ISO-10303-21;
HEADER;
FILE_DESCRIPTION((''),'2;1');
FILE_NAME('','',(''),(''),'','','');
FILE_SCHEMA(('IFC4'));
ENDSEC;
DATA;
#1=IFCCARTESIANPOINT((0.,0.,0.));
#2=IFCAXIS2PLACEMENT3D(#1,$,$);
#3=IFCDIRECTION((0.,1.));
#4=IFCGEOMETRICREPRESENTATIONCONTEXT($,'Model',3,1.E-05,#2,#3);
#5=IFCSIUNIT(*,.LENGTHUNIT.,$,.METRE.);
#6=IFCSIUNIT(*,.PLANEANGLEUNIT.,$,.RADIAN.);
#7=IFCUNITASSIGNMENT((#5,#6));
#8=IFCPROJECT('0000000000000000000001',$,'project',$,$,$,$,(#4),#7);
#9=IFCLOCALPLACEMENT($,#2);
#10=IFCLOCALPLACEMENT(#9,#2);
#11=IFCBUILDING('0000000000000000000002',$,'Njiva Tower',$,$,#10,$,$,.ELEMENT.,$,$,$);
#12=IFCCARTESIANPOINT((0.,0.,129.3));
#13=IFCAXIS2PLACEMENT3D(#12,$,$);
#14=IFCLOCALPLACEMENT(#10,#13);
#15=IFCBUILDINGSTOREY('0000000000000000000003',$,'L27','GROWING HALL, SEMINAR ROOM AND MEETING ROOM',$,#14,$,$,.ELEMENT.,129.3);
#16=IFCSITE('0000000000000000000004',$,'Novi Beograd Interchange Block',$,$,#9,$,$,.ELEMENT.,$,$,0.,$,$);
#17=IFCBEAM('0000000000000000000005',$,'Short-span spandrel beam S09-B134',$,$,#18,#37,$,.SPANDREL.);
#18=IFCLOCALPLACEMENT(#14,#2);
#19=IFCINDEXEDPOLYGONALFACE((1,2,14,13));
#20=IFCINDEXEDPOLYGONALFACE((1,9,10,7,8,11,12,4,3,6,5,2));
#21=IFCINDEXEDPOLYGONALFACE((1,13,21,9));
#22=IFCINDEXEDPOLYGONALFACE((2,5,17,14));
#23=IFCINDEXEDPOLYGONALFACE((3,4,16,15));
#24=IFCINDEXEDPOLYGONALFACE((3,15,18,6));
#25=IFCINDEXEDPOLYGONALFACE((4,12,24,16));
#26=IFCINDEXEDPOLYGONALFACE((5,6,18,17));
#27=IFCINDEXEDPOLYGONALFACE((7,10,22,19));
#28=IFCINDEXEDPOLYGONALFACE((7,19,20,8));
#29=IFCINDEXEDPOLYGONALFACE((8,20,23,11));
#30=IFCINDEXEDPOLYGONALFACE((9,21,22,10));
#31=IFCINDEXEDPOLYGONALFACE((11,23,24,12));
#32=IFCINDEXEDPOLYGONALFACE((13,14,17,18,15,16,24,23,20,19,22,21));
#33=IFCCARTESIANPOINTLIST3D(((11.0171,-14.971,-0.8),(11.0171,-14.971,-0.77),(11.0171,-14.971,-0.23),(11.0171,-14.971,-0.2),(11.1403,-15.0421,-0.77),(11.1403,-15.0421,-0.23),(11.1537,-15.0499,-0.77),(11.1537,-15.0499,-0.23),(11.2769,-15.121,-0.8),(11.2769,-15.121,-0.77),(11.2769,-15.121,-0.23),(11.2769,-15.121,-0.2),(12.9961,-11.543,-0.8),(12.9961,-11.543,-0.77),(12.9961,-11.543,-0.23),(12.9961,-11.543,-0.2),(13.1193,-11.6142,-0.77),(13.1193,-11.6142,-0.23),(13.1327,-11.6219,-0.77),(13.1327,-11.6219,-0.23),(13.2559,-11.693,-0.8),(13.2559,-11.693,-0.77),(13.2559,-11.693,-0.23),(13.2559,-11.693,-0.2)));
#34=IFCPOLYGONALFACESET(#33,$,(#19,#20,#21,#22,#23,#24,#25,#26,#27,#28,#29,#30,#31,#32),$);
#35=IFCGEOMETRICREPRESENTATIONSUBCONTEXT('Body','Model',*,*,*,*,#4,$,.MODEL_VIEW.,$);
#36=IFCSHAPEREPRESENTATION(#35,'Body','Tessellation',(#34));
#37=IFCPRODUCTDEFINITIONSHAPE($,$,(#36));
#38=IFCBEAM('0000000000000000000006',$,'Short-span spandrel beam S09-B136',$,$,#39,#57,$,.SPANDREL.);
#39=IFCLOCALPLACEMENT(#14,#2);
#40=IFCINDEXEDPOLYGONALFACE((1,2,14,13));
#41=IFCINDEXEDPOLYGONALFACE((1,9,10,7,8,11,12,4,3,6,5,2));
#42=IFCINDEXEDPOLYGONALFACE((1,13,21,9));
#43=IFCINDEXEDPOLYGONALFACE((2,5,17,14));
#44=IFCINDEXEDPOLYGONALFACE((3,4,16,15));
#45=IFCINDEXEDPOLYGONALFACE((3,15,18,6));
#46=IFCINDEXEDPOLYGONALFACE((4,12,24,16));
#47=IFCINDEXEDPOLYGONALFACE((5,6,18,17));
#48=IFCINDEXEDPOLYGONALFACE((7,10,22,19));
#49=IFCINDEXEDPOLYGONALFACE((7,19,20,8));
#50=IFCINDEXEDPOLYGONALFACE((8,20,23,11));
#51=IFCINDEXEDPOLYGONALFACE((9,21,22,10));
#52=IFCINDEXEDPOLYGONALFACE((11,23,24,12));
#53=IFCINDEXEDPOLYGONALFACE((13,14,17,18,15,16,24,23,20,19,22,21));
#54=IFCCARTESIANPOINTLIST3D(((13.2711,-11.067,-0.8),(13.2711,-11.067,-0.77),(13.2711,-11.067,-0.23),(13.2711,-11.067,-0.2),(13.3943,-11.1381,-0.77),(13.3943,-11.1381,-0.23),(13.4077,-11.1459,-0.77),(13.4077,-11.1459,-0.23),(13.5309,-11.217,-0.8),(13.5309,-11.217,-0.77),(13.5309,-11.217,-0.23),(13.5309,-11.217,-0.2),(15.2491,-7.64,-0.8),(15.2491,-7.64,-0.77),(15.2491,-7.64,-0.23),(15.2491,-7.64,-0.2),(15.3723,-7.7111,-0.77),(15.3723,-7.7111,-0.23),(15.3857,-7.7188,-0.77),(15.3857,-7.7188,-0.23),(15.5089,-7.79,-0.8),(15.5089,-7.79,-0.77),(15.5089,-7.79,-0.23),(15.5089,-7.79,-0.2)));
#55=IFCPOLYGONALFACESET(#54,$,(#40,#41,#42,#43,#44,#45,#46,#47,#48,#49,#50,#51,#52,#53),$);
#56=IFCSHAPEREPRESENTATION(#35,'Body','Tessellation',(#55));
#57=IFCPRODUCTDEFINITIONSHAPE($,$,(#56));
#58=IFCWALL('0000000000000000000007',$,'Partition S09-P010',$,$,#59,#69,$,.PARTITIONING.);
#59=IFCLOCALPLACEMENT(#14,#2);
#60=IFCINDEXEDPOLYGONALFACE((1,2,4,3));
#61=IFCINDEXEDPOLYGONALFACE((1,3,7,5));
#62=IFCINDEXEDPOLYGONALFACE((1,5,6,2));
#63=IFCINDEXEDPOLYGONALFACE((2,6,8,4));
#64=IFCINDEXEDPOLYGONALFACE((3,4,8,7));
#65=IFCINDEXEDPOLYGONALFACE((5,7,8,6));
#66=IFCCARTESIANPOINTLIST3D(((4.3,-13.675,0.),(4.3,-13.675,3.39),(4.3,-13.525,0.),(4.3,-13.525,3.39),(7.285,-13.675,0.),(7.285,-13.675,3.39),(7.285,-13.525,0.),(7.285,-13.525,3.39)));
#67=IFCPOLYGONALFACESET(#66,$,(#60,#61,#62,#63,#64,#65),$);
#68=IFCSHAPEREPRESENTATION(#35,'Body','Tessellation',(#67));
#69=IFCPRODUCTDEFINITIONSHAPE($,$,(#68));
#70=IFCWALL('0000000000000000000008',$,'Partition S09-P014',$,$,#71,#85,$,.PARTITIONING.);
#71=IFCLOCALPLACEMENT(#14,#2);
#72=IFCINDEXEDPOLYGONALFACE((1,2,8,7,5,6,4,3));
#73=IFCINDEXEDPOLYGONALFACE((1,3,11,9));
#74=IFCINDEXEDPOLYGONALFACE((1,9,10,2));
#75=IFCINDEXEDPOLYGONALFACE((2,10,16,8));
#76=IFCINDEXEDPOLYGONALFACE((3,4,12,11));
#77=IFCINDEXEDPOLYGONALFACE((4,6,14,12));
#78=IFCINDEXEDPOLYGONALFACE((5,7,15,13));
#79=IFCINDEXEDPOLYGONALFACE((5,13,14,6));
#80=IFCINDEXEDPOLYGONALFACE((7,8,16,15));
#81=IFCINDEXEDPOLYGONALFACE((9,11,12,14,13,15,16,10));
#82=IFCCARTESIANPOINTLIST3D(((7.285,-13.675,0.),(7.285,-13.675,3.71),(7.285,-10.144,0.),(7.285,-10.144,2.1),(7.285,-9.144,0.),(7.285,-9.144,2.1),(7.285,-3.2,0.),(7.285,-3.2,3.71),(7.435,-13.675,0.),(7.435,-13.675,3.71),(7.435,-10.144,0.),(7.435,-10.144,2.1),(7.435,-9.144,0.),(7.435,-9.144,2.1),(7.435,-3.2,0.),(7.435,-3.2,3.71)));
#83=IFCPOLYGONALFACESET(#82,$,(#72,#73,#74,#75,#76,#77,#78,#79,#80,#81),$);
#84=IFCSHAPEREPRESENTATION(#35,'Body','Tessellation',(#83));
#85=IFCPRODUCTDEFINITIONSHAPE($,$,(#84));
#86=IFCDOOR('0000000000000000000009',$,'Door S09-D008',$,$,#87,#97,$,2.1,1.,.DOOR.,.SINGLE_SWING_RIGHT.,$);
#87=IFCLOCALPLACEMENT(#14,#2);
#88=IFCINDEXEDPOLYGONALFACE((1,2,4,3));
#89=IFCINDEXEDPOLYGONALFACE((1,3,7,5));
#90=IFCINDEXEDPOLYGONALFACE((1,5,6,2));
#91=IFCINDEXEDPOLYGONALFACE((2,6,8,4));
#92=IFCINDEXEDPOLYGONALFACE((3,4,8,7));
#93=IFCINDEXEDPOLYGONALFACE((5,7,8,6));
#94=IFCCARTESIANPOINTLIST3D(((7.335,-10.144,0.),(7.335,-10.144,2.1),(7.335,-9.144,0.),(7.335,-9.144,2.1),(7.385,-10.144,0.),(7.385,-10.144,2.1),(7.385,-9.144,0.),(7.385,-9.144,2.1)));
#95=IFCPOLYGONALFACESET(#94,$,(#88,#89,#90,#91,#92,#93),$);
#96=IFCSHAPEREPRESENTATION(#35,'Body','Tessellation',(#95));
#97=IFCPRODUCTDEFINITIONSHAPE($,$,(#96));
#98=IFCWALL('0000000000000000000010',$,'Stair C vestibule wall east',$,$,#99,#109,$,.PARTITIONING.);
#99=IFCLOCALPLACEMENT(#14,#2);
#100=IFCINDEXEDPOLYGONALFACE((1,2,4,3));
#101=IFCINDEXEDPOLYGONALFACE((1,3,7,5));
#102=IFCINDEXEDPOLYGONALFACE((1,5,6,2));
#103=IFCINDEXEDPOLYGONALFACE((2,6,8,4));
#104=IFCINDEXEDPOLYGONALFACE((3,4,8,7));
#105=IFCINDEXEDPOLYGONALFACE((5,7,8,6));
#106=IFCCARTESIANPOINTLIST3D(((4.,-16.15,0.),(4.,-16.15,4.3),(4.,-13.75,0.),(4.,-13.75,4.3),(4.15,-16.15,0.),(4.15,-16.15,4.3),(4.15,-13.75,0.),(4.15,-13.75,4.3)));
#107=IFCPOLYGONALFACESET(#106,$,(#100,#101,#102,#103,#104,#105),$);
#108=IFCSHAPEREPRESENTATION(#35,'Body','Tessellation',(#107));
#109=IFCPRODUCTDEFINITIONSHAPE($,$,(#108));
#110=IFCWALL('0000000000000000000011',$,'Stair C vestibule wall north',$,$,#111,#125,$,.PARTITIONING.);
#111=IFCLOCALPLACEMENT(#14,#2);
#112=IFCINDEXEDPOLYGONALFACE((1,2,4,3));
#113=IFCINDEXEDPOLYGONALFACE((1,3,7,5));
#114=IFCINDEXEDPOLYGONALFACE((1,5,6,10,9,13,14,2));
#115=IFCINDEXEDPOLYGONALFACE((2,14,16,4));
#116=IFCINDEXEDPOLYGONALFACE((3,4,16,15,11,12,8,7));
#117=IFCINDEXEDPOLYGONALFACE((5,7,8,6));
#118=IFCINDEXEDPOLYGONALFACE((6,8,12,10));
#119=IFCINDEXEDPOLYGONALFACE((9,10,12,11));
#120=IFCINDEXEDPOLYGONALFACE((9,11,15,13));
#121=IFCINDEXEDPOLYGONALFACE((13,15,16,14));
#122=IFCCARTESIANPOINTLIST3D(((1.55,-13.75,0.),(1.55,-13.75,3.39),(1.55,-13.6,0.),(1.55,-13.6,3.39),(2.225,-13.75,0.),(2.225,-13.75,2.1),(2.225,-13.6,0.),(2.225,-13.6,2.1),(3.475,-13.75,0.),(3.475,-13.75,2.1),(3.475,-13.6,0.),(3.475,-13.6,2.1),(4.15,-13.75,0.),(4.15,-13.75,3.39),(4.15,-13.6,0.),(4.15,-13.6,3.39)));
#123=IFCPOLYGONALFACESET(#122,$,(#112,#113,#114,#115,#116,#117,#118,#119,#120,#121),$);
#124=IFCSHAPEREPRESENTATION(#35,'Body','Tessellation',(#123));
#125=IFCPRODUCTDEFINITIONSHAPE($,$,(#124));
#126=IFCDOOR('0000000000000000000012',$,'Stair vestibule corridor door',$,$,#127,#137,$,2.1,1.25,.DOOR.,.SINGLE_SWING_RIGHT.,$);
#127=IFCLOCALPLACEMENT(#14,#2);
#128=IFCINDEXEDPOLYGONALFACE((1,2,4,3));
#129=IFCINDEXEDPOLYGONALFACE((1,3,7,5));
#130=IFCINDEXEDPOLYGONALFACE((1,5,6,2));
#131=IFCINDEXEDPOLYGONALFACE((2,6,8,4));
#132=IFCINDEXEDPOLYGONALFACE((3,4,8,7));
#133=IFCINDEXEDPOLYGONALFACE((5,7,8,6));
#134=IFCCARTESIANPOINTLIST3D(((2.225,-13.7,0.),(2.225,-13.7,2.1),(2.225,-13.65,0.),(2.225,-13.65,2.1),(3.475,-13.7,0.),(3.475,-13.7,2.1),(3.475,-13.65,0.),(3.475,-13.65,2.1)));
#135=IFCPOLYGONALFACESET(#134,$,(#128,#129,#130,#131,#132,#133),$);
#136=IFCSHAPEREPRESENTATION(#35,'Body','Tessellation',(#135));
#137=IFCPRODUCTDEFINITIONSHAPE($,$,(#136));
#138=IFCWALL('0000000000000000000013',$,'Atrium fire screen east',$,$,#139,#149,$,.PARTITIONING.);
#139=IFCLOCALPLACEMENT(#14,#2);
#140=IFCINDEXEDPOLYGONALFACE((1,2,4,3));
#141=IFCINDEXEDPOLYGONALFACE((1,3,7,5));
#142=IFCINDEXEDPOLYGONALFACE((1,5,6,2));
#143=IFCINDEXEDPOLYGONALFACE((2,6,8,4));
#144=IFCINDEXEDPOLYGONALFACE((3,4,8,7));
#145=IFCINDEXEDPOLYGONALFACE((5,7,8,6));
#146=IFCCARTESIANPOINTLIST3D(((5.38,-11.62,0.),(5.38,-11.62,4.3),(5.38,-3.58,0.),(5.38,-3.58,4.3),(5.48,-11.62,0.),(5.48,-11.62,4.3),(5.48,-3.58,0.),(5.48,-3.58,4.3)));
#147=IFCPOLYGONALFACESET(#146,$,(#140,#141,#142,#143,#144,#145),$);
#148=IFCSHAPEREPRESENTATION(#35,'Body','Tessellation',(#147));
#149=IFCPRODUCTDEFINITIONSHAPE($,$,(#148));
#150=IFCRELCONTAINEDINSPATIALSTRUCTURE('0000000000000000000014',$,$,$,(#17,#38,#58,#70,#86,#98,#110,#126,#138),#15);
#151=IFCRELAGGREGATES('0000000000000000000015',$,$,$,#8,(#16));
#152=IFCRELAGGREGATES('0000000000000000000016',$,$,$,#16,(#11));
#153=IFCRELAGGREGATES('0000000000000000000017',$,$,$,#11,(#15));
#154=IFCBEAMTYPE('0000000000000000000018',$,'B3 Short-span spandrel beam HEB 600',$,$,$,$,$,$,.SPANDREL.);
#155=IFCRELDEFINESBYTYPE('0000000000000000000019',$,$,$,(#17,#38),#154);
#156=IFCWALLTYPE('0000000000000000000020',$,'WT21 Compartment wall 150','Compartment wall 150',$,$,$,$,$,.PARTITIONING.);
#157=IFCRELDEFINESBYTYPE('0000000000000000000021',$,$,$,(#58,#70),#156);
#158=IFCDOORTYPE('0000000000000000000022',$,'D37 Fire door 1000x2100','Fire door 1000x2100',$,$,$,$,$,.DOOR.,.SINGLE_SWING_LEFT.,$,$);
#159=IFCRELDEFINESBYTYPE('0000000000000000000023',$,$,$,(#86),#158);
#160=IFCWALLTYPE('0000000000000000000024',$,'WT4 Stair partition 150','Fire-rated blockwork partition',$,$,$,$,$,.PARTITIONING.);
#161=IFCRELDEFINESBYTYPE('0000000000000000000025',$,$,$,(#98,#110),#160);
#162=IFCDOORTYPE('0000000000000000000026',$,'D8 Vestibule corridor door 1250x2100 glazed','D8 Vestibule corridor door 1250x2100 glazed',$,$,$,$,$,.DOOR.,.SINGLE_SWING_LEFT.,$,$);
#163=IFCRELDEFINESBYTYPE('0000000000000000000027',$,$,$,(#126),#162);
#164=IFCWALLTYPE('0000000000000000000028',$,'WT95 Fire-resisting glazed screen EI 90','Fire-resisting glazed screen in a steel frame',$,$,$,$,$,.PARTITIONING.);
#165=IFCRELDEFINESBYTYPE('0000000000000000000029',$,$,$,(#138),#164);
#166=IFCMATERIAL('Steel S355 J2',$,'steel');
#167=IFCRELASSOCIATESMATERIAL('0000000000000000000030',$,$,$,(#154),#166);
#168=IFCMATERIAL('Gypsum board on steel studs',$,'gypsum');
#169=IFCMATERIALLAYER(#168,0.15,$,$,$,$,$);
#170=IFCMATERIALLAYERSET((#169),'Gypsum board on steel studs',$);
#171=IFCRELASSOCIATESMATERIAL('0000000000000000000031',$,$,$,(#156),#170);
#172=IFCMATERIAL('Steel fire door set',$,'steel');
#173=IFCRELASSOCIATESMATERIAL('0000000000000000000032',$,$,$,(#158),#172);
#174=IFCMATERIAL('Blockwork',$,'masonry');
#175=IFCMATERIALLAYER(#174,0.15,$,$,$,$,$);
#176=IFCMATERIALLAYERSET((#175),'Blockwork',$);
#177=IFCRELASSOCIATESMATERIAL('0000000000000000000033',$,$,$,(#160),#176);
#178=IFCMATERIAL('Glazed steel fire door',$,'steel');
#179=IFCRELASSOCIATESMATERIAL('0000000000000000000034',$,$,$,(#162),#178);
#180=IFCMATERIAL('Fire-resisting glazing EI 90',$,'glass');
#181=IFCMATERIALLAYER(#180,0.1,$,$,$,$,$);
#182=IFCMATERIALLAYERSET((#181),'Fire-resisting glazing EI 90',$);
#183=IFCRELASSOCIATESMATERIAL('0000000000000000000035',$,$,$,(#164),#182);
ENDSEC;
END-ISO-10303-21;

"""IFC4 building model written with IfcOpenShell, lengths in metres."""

from ifc_helpers import new_model, si_unit, direction, frame, frame_2d, origin, origin_2d, place, context, subcontext, project, spatial, rectangle, i_section, extrude, material, layer, layer_set, material_profile, profile_set, type_object, element, fill, save


model = new_model("IFC4")

# Units and contexts
model_context = context("Model", 3, precision=1e-05, world=origin(), true_north=direction((0.0, 1.0)))
body_context = subcontext(model_context, "Body", "Model", "MODEL_VIEW")
ifc_project = project(units=[si_unit("LENGTHUNIT", "METRE"), si_unit("PLANEANGLEUNIT", "RADIAN")], contexts=[model_context])

# Site, building, storey
site_placement = place(None, origin())
site = spatial("IfcSite", under=ifc_project, at=site_placement, Name="Novi Beograd Interchange Block", CompositionType="ELEMENT", RefElevation=0.0)
building_placement = place(site_placement, origin())
building = spatial("IfcBuilding", under=site, at=building_placement, Name="Njiva Tower", CompositionType="ELEMENT")
storey_placement = place(building_placement, frame((0.0, 0.0, 129.3)))
storey = spatial("IfcBuildingStorey", under=building, at=storey_placement, Name="L27", Description="GROWING HALL, SEMINAR ROOM AND MEETING ROOM", CompositionType="ELEMENT", Elevation=129.3)

# Shared definitions
ifc_material_1 = material(Name="Steel S355 J2", Category="steel")

# Beams
ifc_material_profile_1 = material_profile(ifc_material_1, i_section(OverallWidth=0.3, OverallDepth=0.6, WebThickness=0.0155, FlangeThickness=0.03, at=origin_2d()), Name="HEB 600")
ifc_profile_set_1 = profile_set([ifc_material_profile_1], Name="Steel S355 J2")
beam_type_1 = type_object("IfcBeamType", Name="B3 Short-span spandrel beam HEB 600", PredefinedType="SPANDREL", material=ifc_profile_set_1)
beam_1_placement = place(storey_placement, frame((11.147, -15.046, -0.5), z_axis=(0.49997, 0.866043, 0.0), x_axis=(-0.866043, 0.49997, 0.0)))
element("IfcBeam", 1, at=beam_1_placement, inside=storey, type_object=beam_type_1, Name="Short-span spandrel beam S09-B134", PredefinedType="SPANDREL", context=body_context, shape_type="SweptSolid", body=[
    extrude(i_section(OverallWidth=0.3, OverallDepth=0.6, WebThickness=0.0155, FlangeThickness=0.03, at=origin_2d()), origin(), (0.0, 0.0, 1.0), 3.9582),
])
beam_2_placement = place(storey_placement, frame((13.401, -11.142, -0.5), z_axis=(0.49989, 0.866089, 0.0), x_axis=(-0.866089, 0.49989, 0.0)))
element("IfcBeam", 2, at=beam_2_placement, inside=storey, type_object=beam_type_1, Name="Short-span spandrel beam S09-B136", PredefinedType="SPANDREL", context=body_context, shape_type="SweptSolid", body=[
    extrude(i_section(OverallWidth=0.3, OverallDepth=0.6, WebThickness=0.0155, FlangeThickness=0.03, at=origin_2d()), origin(), (0.0, 0.0, 1.0), 3.9569),
])

# Wall
ifc_material_2 = material(Name="Gypsum board on steel studs", Category="gypsum")
ifc_layer_1 = layer(ifc_material_2, 0.15)
ifc_layer_set_1 = layer_set([ifc_layer_1], Name="Gypsum board on steel studs")
wall_type_1 = type_object("IfcWallType", Name="WT21 Compartment wall 150", Description="Compartment wall 150", PredefinedType="PARTITIONING", material=ifc_layer_set_1)
wall_1_placement = place(storey_placement, frame((4.3, -13.6, 0.0), z_axis=(0.0, 0.0, 1.0), x_axis=(1.0, 0.0, 0.0)))
element("IfcWall", 3, at=wall_1_placement, inside=storey, type_object=wall_type_1, Name="Partition S09-P010", PredefinedType="PARTITIONING", context=body_context, shape_type="SweptSolid", body=[
    extrude(rectangle(XDim=2.985, YDim=0.15, at=frame_2d((1.4925, 0.0))), origin(), (0.0, 0.0, 1.0), 3.39),
])

# Wall, opening, door
wall_2_placement = place(storey_placement, frame((7.36, -13.675, 0.0), z_axis=(0.0, 0.0, 1.0), x_axis=(0.0, 1.0, 0.0)))
wall_2 = element("IfcWall", 4, at=wall_2_placement, inside=storey, type_object=wall_type_1, Name="Partition S09-P014", PredefinedType="PARTITIONING", context=body_context, shape_type="SweptSolid", body=[
    extrude(rectangle(XDim=10.475, YDim=0.15, at=frame_2d((5.2375, 0.0))), origin(), (0.0, 0.0, 1.0), 3.71),
])
opening_1_placement = place(wall_2_placement, frame((3.531, 0.0, 0.0)))
opening_1 = element("IfcOpeningElement", 5, at=opening_1_placement, cuts=wall_2, PredefinedType="OPENING", context=body_context, shape_type="SweptSolid", body=[
    extrude(rectangle(XDim=1.0, YDim=2.1, at=frame_2d((0.5, 1.05))), frame((0.0, 0.085, 0.0), z_axis=(0.0, -1.0, 0.0), x_axis=(1.0, 0.0, 0.0)), (0.0, 0.0, 1.0), 0.17),
])
ifc_material_3 = material(Name="Steel fire door set", Category="steel")
door_type_1 = type_object("IfcDoorType", Name="D37 Fire door 1000x2100", Description="Fire door 1000x2100", OperationType="SINGLE_SWING_LEFT", PredefinedType="DOOR", material=ifc_material_3)
door_1_placement = place(opening_1_placement, origin())
door_1 = element("IfcDoor", 6, at=door_1_placement, inside=storey, type_object=door_type_1, Name="Door S09-D008", OperationType="SINGLE_SWING_RIGHT", OverallHeight=2.1, OverallWidth=1.0, PredefinedType="DOOR", context=body_context, shape_type="SweptSolid", body=[
    extrude(rectangle(XDim=1.0, YDim=2.1, at=frame_2d((0.5, 1.05))), frame((0.0, 0.025, 0.0), z_axis=(0.0, -1.0, 0.0), x_axis=(1.0, 0.0, 0.0)), (0.0, 0.0, 1.0), 0.05),
])
fill(opening_1, door_1)

# Wall
ifc_material_4 = material(Name="Blockwork", Category="masonry")
ifc_layer_2 = layer(ifc_material_4, 0.15)
ifc_layer_set_2 = layer_set([ifc_layer_2], Name="Blockwork")
wall_type_2 = type_object("IfcWallType", Name="WT4 Stair partition 150", Description="Fire-rated blockwork partition", PredefinedType="PARTITIONING", material=ifc_layer_set_2)
wall_3_placement = place(storey_placement, frame((4.075, -16.15, 0.0), z_axis=(0.0, 0.0, 1.0), x_axis=(0.0, 1.0, 0.0)))
element("IfcWall", 7, at=wall_3_placement, inside=storey, type_object=wall_type_2, Name="Stair C vestibule wall east", PredefinedType="PARTITIONING", context=body_context, shape_type="SweptSolid", body=[
    extrude(rectangle(XDim=2.4, YDim=0.15, at=frame_2d((1.2, 0.0))), origin(), (0.0, 0.0, 1.0), 4.3),
])

# Wall, opening, door
wall_4_placement = place(storey_placement, frame((1.55, -13.675, 0.0), z_axis=(0.0, 0.0, 1.0), x_axis=(1.0, 0.0, 0.0)))
wall_4 = element("IfcWall", 8, at=wall_4_placement, inside=storey, type_object=wall_type_2, Name="Stair C vestibule wall north", PredefinedType="PARTITIONING", context=body_context, shape_type="SweptSolid", body=[
    extrude(rectangle(XDim=2.6, YDim=0.15, at=frame_2d((1.3, 0.0))), origin(), (0.0, 0.0, 1.0), 3.39),
])
opening_2_placement = place(wall_4_placement, frame((0.675, 0.0, 0.0)))
opening_2 = element("IfcOpeningElement", 9, at=opening_2_placement, cuts=wall_4, PredefinedType="OPENING", context=body_context, shape_type="SweptSolid", body=[
    extrude(rectangle(XDim=1.25, YDim=2.1, at=frame_2d((0.625, 1.05))), frame((0.0, 0.085, 0.0), z_axis=(0.0, -1.0, 0.0), x_axis=(1.0, 0.0, 0.0)), (0.0, 0.0, 1.0), 0.17),
])
ifc_material_5 = material(Name="Glazed steel fire door", Category="steel")
door_type_2 = type_object("IfcDoorType", Name="D8 Vestibule corridor door 1250x2100 glazed", Description="D8 Vestibule corridor door 1250x2100 glazed", OperationType="SINGLE_SWING_LEFT", PredefinedType="DOOR", material=ifc_material_5)
door_2_placement = place(opening_2_placement, origin())
door_2 = element("IfcDoor", 10, at=door_2_placement, inside=storey, type_object=door_type_2, Name="Stair vestibule corridor door", OperationType="SINGLE_SWING_RIGHT", OverallHeight=2.1, OverallWidth=1.25, PredefinedType="DOOR", context=body_context, shape_type="SweptSolid", body=[
    extrude(rectangle(XDim=1.25, YDim=2.1, at=frame_2d((0.625, 1.05))), frame((0.0, 0.025, 0.0), z_axis=(0.0, -1.0, 0.0), x_axis=(1.0, 0.0, 0.0)), (0.0, 0.0, 1.0), 0.05),
])
fill(opening_2, door_2)

# Wall
ifc_material_6 = material(Name="Fire-resisting glazing EI 90", Category="glass")
ifc_layer_3 = layer(ifc_material_6, 0.1)
ifc_layer_set_3 = layer_set([ifc_layer_3], Name="Fire-resisting glazing EI 90")
wall_type_3 = type_object("IfcWallType", Name="WT95 Fire-resisting glazed screen EI 90", Description="Fire-resisting glazed screen in a steel frame", PredefinedType="PARTITIONING", material=ifc_layer_set_3)
wall_5_placement = place(storey_placement, frame((5.43, -11.62, 0.0), z_axis=(0.0, 0.0, 1.0), x_axis=(0.0, 1.0, 0.0)))
element("IfcWall", 11, at=wall_5_placement, inside=storey, type_object=wall_type_3, Name="Atrium fire screen east", PredefinedType="PARTITIONING", context=body_context, shape_type="SweptSolid", body=[
    extrude(rectangle(XDim=8.04, YDim=0.1, at=frame_2d((4.02, 0.0))), origin(), (0.0, 0.0, 1.0), 4.3),
])

save(model, "model.ifc")
